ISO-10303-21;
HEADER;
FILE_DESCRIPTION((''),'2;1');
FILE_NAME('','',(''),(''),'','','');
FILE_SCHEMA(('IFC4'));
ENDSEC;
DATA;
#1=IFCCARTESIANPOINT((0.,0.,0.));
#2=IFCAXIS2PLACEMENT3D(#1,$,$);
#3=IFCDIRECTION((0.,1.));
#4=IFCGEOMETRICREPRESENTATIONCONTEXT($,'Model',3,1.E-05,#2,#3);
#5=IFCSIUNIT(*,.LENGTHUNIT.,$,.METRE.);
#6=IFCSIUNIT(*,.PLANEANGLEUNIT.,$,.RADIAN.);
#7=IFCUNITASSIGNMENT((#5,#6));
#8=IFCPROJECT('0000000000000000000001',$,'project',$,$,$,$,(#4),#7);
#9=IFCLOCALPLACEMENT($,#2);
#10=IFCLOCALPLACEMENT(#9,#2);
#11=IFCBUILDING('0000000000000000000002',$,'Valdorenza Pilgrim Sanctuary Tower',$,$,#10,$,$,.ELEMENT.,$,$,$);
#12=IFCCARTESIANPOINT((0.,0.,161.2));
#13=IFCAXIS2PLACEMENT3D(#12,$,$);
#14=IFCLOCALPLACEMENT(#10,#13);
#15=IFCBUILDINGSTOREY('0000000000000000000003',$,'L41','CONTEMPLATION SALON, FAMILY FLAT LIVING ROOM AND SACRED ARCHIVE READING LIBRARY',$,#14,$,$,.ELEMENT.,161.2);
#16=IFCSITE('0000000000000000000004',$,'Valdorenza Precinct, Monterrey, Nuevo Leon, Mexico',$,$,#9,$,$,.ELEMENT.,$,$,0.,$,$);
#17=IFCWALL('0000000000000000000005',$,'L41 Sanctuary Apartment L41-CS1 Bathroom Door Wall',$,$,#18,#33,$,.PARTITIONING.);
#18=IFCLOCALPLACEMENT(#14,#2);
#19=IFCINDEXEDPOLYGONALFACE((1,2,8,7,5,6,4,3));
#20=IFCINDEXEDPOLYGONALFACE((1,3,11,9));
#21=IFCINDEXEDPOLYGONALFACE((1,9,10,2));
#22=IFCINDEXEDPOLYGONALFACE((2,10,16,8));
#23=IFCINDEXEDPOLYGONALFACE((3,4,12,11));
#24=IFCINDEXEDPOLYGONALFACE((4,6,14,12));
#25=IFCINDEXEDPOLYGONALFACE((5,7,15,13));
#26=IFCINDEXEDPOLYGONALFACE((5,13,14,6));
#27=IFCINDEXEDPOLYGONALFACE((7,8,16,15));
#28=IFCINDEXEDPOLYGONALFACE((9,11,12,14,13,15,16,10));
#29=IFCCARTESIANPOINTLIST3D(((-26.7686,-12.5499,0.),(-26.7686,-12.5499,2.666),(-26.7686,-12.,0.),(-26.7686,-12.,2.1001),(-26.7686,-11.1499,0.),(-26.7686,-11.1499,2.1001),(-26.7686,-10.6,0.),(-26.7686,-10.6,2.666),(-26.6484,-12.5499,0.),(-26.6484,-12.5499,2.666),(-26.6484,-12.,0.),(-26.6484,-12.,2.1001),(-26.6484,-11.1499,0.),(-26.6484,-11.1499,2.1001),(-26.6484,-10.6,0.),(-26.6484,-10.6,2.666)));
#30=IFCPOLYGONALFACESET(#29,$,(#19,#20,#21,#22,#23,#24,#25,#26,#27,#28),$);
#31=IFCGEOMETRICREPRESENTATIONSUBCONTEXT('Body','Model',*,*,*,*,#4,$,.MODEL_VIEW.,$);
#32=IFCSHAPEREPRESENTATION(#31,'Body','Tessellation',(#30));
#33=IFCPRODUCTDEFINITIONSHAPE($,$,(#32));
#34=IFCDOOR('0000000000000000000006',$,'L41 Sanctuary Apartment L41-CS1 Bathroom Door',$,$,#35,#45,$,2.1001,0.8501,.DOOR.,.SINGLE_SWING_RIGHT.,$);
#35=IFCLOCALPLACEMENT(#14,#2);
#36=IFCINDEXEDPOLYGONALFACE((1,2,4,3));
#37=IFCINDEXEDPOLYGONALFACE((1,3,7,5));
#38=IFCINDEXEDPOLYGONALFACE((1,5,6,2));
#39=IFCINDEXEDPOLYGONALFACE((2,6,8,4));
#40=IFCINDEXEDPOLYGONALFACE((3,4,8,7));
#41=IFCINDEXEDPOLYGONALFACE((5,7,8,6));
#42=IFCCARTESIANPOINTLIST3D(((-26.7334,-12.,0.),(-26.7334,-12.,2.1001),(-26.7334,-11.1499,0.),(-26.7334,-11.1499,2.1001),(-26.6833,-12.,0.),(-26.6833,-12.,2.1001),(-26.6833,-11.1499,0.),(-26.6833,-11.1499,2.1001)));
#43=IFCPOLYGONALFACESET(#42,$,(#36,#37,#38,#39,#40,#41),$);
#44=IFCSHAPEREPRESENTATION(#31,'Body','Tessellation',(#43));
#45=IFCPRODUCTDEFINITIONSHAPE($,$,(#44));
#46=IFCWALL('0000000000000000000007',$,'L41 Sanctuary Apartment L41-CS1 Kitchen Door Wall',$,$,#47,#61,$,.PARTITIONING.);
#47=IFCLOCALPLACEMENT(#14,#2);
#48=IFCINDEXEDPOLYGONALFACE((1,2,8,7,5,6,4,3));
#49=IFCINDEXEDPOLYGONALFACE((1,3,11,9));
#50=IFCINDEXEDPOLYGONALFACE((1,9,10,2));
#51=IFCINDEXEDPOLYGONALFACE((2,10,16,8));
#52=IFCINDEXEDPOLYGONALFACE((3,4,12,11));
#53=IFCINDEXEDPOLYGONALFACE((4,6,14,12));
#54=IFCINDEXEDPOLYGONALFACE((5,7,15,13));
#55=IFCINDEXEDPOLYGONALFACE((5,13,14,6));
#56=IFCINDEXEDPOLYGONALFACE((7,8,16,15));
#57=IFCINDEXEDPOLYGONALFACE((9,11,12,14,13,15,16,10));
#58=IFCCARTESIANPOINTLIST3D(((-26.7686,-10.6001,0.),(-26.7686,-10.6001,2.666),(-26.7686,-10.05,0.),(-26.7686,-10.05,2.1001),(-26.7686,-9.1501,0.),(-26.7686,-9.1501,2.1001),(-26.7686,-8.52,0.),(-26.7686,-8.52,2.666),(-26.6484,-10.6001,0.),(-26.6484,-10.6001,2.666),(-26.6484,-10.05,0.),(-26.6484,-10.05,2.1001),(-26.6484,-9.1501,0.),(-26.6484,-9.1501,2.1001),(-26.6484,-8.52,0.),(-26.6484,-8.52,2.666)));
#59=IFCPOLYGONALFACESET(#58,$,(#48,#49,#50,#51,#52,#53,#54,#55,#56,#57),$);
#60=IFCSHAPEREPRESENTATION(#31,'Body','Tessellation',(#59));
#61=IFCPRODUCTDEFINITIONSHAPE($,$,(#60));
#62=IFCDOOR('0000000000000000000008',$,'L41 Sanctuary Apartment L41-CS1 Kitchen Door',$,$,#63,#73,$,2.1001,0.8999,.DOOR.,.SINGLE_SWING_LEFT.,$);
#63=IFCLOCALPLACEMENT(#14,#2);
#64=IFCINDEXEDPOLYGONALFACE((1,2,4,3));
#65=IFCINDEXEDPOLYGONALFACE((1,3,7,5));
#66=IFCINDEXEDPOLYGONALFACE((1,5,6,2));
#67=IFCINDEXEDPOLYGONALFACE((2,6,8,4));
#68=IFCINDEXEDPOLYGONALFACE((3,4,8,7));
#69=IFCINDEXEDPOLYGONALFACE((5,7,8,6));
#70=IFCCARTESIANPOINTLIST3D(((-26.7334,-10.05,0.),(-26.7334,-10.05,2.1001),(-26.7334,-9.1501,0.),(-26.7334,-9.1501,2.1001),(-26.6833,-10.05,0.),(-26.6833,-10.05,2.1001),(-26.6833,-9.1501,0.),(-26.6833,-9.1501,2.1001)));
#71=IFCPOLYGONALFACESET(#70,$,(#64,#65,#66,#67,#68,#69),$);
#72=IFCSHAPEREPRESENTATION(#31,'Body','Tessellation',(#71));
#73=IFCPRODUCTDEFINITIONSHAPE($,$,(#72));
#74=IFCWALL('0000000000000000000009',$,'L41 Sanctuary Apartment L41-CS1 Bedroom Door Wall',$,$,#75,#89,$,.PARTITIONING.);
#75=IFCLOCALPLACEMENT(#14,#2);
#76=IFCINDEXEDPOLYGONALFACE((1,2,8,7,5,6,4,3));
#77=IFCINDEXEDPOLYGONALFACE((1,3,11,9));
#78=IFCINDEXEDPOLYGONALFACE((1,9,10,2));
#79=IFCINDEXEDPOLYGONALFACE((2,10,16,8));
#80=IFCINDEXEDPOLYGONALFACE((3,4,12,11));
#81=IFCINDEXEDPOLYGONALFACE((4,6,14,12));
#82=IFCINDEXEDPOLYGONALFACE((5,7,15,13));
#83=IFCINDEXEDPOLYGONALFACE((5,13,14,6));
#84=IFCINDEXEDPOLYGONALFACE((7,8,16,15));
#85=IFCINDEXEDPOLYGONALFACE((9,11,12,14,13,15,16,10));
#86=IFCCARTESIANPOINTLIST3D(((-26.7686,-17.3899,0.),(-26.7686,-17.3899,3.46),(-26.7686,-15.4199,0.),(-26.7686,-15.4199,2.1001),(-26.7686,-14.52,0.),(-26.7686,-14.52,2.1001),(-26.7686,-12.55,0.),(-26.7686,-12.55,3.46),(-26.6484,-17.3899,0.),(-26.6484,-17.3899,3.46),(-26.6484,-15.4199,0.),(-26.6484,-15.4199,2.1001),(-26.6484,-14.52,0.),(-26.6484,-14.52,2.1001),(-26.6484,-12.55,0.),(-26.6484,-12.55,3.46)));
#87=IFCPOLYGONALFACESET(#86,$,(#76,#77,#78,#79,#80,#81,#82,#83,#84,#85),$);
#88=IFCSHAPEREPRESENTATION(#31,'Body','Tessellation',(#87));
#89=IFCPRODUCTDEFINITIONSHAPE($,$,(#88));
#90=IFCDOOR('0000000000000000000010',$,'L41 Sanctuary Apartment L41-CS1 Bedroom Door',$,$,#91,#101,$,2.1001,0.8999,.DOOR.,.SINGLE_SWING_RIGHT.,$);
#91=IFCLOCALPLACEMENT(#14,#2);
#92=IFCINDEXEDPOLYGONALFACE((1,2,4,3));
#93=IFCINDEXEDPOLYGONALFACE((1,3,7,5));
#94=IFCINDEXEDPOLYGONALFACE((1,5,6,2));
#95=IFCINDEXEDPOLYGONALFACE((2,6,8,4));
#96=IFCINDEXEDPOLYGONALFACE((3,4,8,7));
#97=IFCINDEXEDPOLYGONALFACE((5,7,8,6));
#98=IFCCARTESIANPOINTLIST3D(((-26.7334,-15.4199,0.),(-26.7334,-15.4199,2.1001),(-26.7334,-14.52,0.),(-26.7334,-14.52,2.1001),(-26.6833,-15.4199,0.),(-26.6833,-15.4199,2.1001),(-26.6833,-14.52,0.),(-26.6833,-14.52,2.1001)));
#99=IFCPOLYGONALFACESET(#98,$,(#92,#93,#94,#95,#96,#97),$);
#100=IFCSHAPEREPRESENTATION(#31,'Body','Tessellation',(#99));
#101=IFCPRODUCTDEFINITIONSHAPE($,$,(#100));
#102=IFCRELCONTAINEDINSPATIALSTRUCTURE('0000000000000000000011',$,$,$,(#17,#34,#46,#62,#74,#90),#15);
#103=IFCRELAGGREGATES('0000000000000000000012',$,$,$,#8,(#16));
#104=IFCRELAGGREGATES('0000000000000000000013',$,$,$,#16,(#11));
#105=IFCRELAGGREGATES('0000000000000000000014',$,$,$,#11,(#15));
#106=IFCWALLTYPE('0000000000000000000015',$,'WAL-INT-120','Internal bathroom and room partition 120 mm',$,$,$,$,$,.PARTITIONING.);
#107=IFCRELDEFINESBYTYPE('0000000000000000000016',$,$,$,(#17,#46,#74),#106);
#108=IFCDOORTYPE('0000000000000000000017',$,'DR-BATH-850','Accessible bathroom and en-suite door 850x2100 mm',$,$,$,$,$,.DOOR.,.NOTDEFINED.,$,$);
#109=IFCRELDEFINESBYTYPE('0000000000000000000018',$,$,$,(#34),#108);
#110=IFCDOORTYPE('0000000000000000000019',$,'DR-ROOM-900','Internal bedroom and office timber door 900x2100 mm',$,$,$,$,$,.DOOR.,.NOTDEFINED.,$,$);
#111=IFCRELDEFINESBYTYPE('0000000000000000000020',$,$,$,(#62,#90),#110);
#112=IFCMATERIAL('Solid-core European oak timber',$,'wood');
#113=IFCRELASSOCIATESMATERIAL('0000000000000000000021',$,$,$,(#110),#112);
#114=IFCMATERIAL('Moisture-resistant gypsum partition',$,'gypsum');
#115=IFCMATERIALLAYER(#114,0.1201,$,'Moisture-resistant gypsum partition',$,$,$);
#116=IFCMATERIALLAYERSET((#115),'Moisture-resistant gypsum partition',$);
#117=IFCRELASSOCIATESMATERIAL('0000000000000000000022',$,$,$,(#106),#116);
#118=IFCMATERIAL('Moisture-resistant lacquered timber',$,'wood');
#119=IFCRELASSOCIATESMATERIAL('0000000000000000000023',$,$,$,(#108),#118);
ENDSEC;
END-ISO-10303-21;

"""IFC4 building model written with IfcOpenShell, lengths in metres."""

from ifc_helpers import new_model, si_unit, direction, frame, frame_2d, origin, place, context, subcontext, project, spatial, rectangle, extrude, material, layer, layer_set, type_object, element, fill, save


model = new_model("IFC4")

# Units and contexts
model_context = context("Model", 3, precision=1e-05, world=origin(), true_north=direction((0.0, 1.0)))
body_context = subcontext(model_context, "Body", "Model", "MODEL_VIEW")
ifc_project = project(units=[si_unit("LENGTHUNIT", "METRE"), si_unit("PLANEANGLEUNIT", "RADIAN")], contexts=[model_context])

# Site, building, storey
site_placement = place(None, origin())
site = spatial("IfcSite", under=ifc_project, at=site_placement, Name="Valdorenza Precinct, Monterrey, Nuevo Leon, Mexico", CompositionType="ELEMENT", RefElevation=0.0)
building_placement = place(site_placement, origin())
building = spatial("IfcBuilding", under=site, at=building_placement, Name="Valdorenza Pilgrim Sanctuary Tower", CompositionType="ELEMENT")
storey_placement = place(building_placement, frame((0.0, 0.0, 161.2)))
storey = spatial("IfcBuildingStorey", under=building, at=storey_placement, Name="L41", Description="CONTEMPLATION SALON, FAMILY FLAT LIVING ROOM AND SACRED ARCHIVE READING LIBRARY", CompositionType="ELEMENT", Elevation=161.2)

# Shared definitions
ifc_material_1 = material(Name="Solid-core European oak timber", Category="wood")
door_type_1 = type_object("IfcDoorType", Name="DR-ROOM-900", Description="Internal bedroom and office timber door 900x2100 mm", OperationType="NOTDEFINED", PredefinedType="DOOR", material=ifc_material_1)

# Shared definitions
ifc_material_2 = material(Name="Moisture-resistant gypsum partition", Category="gypsum")
ifc_layer_1 = layer(ifc_material_2, 0.1201, Name="Moisture-resistant gypsum partition")
ifc_layer_set_1 = layer_set([ifc_layer_1], Name="Moisture-resistant gypsum partition")
wall_type_1 = type_object("IfcWallType", Name="WAL-INT-120", Description="Internal bathroom and room partition 120 mm", PredefinedType="PARTITIONING", material=ifc_layer_set_1)

# Walls, openings, doors
wall_1_placement = place(storey_placement, frame((-26.7085, -12.55, 0.0), z_axis=(0.0, 0.0, 1.0), x_axis=(0.0, 1.0, 0.0)))
wall_1 = element("IfcWall", 1, at=wall_1_placement, inside=storey, type_object=wall_type_1, Name="L41 Sanctuary Apartment L41-CS1 Bathroom Door Wall", PredefinedType="PARTITIONING", context=body_context, shape_type="SweptSolid", body=[
    extrude(rectangle(XDim=1.95, YDim=0.1201, at=frame_2d((0.9751, 0.0))), origin(), (0.0, 0.0, 1.0), 2.666),
])
opening_1_placement = place(wall_1_placement, frame((0.55, 0.0, 0.0)))
opening_1 = element("IfcOpeningElement", 2, at=opening_1_placement, cuts=wall_1, PredefinedType="OPENING", context=body_context, shape_type="SweptSolid", body=[
    extrude(rectangle(XDim=0.8501, YDim=2.1001, at=frame_2d((0.425, 1.05))), frame((0.0, 0.075, 0.0), z_axis=(0.0, -1.0, 0.0), x_axis=(1.0, 0.0, 0.0)), (0.0, 0.0, 1.0), 0.1499),
])
ifc_material_3 = material(Name="Moisture-resistant lacquered timber", Category="wood")
door_type_2 = type_object("IfcDoorType", Name="DR-BATH-850", Description="Accessible bathroom and en-suite door 850x2100 mm", OperationType="NOTDEFINED", PredefinedType="DOOR", material=ifc_material_3)
door_1_placement = place(opening_1_placement, origin())
door_1 = element("IfcDoor", 3, at=door_1_placement, inside=storey, type_object=door_type_2, Name="L41 Sanctuary Apartment L41-CS1 Bathroom Door", OperationType="SINGLE_SWING_RIGHT", OverallHeight=2.1001, OverallWidth=0.8501, PredefinedType="DOOR", context=body_context, shape_type="SweptSolid", body=[
    extrude(rectangle(XDim=0.8501, YDim=2.1001, at=frame_2d((0.425, 1.05))), frame((0.0, 0.0249, 0.0), z_axis=(0.0, -1.0, 0.0), x_axis=(1.0, 0.0, 0.0)), (0.0, 0.0, 1.0), 0.05),
])
fill(opening_1, door_1)
wall_2_placement = place(storey_placement, frame((-26.7085, -10.6001, 0.0), z_axis=(0.0, 0.0, 1.0), x_axis=(0.0, 1.0, 0.0)))
wall_2 = element("IfcWall", 4, at=wall_2_placement, inside=storey, type_object=wall_type_1, Name="L41 Sanctuary Apartment L41-CS1 Kitchen Door Wall", PredefinedType="PARTITIONING", context=body_context, shape_type="SweptSolid", body=[
    extrude(rectangle(XDim=2.0801, YDim=0.1201, at=frame_2d((1.04, 0.0))), origin(), (0.0, 0.0, 1.0), 2.666),
])
opening_2_placement = place(wall_2_placement, frame((0.55, 0.0, 0.0)))
opening_2 = element("IfcOpeningElement", 5, at=opening_2_placement, cuts=wall_2, PredefinedType="OPENING", context=body_context, shape_type="SweptSolid", body=[
    extrude(rectangle(XDim=0.8999, YDim=2.1001, at=frame_2d((0.45, 1.05))), frame((0.0, 0.075, 0.0), z_axis=(0.0, -1.0, 0.0), x_axis=(1.0, 0.0, 0.0)), (0.0, 0.0, 1.0), 0.1499),
])
door_2_placement = place(opening_2_placement, origin())
door_2 = element("IfcDoor", 6, at=door_2_placement, inside=storey, type_object=door_type_1, Name="L41 Sanctuary Apartment L41-CS1 Kitchen Door", OperationType="SINGLE_SWING_LEFT", OverallHeight=2.1001, OverallWidth=0.8999, PredefinedType="DOOR", context=body_context, shape_type="SweptSolid", body=[
    extrude(rectangle(XDim=0.8999, YDim=2.1001, at=frame_2d((0.45, 1.05))), frame((0.0, 0.0249, 0.0), z_axis=(0.0, -1.0, 0.0), x_axis=(1.0, 0.0, 0.0)), (0.0, 0.0, 1.0), 0.05),
])
fill(opening_2, door_2)
wall_3_placement = place(storey_placement, frame((-26.7085, -17.3899, 0.0), z_axis=(0.0, 0.0, 1.0), x_axis=(0.0, 1.0, 0.0)))
wall_3 = element("IfcWall", 7, at=wall_3_placement, inside=storey, type_object=wall_type_1, Name="L41 Sanctuary Apartment L41-CS1 Bedroom Door Wall", PredefinedType="PARTITIONING", context=body_context, shape_type="SweptSolid", body=[
    extrude(rectangle(XDim=4.8398, YDim=0.1201, at=frame_2d((2.4199, 0.0))), origin(), (0.0, 0.0, 1.0), 3.46),
])
opening_3_placement = place(wall_3_placement, frame((1.97, 0.0, 0.0)))
opening_3 = element("IfcOpeningElement", 8, at=opening_3_placement, cuts=wall_3, PredefinedType="OPENING", context=body_context, shape_type="SweptSolid", body=[
    extrude(rectangle(XDim=0.8999, YDim=2.1001, at=frame_2d((0.45, 1.05))), frame((0.0, 0.075, 0.0), z_axis=(0.0, -1.0, 0.0), x_axis=(1.0, 0.0, 0.0)), (0.0, 0.0, 1.0), 0.1499),
])
door_3_placement = place(opening_3_placement, origin())
door_3 = element("IfcDoor", 9, at=door_3_placement, inside=storey, type_object=door_type_1, Name="L41 Sanctuary Apartment L41-CS1 Bedroom Door", OperationType="SINGLE_SWING_RIGHT", OverallHeight=2.1001, OverallWidth=0.8999, PredefinedType="DOOR", context=body_context, shape_type="SweptSolid", body=[
    extrude(rectangle(XDim=0.8999, YDim=2.1001, at=frame_2d((0.45, 1.05))), frame((0.0, 0.0249, 0.0), z_axis=(0.0, -1.0, 0.0), x_axis=(1.0, 0.0, 0.0)), (0.0, 0.0, 1.0), 0.05),
])
fill(opening_3, door_3)

save(model, "model.ifc")
